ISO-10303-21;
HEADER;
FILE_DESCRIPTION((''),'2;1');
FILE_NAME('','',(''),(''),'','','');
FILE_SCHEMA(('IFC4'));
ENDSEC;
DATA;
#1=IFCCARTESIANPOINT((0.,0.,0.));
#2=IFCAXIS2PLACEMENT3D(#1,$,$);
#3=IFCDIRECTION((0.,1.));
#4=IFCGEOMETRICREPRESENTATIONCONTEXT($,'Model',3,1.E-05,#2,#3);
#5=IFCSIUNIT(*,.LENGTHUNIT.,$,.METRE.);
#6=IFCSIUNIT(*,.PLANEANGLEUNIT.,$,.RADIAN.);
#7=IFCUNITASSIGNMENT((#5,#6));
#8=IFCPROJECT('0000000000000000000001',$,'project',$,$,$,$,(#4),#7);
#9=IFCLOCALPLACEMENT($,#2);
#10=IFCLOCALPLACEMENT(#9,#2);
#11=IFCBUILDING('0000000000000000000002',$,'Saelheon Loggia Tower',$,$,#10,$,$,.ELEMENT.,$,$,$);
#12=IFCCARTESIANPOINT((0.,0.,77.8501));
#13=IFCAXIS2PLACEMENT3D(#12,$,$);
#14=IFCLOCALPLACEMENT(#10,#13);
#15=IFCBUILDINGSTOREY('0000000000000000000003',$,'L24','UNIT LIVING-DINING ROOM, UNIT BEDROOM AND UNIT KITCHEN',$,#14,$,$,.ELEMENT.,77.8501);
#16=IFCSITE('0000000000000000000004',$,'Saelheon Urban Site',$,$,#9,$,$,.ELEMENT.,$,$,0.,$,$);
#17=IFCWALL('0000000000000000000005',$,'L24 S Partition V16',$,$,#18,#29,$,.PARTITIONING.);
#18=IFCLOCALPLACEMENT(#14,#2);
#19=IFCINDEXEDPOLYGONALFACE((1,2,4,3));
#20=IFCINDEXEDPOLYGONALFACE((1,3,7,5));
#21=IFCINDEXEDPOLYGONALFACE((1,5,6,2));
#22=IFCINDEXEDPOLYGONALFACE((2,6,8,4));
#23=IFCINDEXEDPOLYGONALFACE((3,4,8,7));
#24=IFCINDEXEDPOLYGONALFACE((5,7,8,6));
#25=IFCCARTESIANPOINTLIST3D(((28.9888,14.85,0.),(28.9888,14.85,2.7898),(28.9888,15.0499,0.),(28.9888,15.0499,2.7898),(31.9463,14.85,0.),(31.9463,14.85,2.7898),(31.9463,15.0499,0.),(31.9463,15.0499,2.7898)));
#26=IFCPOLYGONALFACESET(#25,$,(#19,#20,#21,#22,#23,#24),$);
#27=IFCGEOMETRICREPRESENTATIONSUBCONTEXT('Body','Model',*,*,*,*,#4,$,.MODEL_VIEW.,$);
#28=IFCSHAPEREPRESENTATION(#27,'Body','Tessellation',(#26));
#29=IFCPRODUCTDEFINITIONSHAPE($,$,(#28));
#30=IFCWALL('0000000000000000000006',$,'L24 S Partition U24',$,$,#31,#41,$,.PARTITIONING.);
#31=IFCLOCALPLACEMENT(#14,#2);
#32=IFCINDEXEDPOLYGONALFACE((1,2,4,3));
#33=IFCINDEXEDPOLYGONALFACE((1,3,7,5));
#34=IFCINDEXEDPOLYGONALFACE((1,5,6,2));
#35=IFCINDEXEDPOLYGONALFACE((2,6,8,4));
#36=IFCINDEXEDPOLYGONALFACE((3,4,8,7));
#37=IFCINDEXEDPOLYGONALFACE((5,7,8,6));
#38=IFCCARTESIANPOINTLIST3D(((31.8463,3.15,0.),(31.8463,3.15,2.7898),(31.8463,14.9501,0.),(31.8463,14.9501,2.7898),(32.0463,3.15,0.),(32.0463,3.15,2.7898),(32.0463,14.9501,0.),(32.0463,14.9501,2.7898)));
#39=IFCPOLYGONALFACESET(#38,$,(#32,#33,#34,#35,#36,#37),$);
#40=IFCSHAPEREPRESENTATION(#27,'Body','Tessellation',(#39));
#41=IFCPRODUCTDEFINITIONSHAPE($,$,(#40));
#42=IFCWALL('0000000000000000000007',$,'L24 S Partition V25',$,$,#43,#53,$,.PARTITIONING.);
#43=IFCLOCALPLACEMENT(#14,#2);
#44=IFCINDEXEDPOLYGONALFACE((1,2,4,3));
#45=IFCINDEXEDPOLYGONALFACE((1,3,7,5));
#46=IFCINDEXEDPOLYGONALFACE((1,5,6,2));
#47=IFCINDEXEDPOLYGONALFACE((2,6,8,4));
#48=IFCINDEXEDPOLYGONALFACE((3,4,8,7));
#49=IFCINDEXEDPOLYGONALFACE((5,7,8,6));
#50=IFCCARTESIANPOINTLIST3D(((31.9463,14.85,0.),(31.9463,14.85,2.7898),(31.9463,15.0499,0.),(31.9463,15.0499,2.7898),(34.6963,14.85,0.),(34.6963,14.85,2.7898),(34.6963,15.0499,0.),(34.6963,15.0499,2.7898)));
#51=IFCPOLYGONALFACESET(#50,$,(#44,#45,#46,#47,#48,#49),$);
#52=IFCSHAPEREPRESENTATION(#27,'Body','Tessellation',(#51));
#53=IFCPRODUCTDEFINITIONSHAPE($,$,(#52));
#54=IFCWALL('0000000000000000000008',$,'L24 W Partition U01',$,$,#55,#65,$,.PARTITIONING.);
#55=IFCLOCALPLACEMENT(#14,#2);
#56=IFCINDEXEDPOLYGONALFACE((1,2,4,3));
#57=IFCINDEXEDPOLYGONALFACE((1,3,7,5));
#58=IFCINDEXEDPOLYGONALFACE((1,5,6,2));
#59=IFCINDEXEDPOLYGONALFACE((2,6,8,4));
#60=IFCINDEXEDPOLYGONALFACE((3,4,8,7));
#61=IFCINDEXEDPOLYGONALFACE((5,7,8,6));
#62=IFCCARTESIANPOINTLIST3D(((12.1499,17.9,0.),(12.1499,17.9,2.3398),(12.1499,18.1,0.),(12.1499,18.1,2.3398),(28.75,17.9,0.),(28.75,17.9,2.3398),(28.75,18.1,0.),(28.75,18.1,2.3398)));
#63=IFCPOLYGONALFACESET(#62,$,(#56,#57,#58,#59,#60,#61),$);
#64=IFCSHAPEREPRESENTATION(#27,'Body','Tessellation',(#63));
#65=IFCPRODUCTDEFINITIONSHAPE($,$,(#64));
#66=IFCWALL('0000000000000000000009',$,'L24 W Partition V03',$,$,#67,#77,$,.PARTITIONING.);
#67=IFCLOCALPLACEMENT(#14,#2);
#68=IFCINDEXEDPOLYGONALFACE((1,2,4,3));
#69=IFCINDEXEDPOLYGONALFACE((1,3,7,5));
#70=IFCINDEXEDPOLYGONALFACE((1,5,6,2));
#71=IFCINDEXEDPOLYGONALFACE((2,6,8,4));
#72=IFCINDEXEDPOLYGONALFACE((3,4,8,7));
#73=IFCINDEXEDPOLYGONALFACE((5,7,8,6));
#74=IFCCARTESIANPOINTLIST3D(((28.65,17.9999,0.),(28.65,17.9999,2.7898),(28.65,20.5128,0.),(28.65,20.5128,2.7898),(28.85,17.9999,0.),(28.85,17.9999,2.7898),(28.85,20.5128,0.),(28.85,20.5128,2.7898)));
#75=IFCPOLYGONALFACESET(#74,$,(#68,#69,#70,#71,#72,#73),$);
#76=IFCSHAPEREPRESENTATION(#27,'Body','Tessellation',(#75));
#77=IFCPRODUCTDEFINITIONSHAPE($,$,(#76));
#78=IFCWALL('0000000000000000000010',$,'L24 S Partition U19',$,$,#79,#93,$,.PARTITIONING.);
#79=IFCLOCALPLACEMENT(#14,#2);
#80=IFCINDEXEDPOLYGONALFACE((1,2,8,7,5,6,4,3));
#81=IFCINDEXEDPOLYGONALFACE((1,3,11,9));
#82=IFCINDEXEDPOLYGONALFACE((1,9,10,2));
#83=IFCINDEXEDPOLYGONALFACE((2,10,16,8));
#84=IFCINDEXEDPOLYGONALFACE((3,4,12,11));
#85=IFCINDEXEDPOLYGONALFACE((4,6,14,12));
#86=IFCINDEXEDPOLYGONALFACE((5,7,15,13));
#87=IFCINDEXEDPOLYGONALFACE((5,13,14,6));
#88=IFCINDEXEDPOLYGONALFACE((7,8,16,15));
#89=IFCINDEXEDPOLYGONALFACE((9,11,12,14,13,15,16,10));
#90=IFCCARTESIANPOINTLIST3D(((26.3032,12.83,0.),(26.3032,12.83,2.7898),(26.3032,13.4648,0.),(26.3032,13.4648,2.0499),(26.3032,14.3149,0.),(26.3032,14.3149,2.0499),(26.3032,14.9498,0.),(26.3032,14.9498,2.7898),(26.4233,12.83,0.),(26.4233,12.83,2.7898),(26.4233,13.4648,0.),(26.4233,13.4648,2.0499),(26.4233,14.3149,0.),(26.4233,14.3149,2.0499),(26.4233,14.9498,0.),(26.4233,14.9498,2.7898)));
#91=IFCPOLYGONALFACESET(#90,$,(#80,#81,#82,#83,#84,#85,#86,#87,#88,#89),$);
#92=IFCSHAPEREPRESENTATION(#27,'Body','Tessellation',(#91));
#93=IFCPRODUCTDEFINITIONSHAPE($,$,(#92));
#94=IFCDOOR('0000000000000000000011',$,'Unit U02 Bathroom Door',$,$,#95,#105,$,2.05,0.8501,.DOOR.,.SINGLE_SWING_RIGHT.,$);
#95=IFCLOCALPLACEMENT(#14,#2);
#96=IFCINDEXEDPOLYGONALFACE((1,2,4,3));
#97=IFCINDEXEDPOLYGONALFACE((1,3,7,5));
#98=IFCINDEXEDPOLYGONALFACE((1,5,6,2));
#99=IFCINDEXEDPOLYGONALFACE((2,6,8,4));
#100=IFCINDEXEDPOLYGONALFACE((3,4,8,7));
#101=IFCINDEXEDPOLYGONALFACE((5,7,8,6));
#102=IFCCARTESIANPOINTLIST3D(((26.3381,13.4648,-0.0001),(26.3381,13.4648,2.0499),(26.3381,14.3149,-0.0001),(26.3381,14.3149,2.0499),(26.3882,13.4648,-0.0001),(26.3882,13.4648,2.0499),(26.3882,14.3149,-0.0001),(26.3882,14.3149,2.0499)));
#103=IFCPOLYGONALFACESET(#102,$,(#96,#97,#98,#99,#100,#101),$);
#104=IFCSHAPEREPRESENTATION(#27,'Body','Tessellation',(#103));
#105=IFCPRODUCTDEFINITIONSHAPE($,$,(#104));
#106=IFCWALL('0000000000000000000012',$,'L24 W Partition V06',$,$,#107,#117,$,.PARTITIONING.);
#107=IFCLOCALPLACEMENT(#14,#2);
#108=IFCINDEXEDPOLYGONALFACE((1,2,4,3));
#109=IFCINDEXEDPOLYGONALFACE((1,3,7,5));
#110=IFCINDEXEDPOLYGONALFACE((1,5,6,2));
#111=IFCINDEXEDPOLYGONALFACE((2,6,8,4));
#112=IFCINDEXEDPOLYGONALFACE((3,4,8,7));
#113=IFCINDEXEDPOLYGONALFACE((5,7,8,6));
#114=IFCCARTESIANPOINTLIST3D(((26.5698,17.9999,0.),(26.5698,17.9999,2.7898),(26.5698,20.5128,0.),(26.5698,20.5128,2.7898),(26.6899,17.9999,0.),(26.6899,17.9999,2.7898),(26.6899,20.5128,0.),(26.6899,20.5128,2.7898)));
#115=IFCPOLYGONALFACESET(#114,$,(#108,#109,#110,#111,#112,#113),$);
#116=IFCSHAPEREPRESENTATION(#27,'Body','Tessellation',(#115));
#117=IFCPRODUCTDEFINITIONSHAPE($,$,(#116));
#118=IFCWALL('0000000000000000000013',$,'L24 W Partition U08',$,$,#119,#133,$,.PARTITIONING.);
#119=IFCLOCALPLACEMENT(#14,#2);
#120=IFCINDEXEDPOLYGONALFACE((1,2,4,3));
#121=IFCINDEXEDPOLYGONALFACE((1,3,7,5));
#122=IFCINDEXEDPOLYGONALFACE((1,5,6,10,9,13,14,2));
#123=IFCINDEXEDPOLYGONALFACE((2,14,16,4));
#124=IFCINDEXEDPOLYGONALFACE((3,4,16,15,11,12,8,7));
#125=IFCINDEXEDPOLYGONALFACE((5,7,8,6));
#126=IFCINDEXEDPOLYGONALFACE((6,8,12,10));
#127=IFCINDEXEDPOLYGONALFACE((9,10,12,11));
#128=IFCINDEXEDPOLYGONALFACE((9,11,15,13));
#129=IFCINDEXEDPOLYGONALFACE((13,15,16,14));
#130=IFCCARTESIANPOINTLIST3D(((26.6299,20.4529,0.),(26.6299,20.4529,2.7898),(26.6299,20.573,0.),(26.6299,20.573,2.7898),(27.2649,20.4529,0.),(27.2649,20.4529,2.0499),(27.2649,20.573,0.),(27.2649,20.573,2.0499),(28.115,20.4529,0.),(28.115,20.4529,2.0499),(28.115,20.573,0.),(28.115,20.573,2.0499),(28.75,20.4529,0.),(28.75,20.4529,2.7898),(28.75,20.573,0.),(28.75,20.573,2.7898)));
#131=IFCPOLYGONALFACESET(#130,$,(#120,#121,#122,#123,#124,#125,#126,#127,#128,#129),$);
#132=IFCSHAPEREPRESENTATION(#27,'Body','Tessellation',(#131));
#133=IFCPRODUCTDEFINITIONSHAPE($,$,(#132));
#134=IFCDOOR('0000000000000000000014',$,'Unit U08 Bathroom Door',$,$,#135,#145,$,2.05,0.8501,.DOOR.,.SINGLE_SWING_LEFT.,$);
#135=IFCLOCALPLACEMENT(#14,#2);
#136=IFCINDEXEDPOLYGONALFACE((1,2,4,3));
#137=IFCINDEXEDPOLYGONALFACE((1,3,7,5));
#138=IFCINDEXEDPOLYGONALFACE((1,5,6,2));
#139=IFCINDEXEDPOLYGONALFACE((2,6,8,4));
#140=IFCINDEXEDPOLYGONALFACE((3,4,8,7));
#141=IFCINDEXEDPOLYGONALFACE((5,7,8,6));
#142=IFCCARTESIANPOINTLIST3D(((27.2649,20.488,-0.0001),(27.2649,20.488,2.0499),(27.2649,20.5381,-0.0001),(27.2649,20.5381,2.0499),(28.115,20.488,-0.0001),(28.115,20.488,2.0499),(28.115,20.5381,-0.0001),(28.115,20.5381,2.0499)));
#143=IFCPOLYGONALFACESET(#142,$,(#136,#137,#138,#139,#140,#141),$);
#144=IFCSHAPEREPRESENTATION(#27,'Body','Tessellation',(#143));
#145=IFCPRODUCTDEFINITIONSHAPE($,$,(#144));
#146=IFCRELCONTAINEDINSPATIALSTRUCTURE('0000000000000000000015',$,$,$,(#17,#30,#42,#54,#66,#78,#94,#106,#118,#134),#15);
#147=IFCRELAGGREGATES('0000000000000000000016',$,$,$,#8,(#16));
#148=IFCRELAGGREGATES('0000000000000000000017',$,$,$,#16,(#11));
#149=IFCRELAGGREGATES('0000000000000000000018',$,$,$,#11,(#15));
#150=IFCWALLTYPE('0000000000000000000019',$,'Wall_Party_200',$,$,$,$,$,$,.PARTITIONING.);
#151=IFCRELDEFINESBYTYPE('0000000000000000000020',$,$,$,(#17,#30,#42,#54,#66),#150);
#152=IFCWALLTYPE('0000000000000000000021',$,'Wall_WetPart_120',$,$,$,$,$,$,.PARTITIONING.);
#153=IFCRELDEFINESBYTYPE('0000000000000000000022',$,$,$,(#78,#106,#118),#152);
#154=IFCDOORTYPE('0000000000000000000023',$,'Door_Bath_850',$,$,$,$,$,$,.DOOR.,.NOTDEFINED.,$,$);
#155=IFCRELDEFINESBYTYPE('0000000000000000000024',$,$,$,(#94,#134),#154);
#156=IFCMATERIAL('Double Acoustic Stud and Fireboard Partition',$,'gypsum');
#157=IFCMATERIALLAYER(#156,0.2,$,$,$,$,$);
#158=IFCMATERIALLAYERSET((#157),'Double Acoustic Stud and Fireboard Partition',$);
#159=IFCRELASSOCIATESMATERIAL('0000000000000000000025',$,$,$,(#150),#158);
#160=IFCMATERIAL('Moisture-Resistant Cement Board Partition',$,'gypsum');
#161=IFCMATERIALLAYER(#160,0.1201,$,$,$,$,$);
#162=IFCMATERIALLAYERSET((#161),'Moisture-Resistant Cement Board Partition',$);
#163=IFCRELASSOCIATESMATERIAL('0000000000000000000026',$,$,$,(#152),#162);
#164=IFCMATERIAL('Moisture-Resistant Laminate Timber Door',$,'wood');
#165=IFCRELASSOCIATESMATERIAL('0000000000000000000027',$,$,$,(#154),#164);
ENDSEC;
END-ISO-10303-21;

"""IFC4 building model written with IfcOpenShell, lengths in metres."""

from ifc_helpers import new_model, si_unit, direction, frame, frame_2d, origin, place, context, subcontext, project, spatial, rectangle, extrude, source, transform, mapped, material, layer, layer_set, type_object, element, fill, save


model = new_model("IFC4")

# Units and contexts
model_context = context("Model", 3, precision=1e-05, world=origin(), true_north=direction((0.0, 1.0)))
body_context = subcontext(model_context, "Body", "Model", "MODEL_VIEW")
ifc_project = project(units=[si_unit("LENGTHUNIT", "METRE"), si_unit("PLANEANGLEUNIT", "RADIAN")], contexts=[model_context])

# Site, building, storey
site_placement = place(None, origin())
site = spatial("IfcSite", under=ifc_project, at=site_placement, Name="Saelheon Urban Site", CompositionType="ELEMENT", RefElevation=0.0)
building_placement = place(site_placement, origin())
building = spatial("IfcBuilding", under=site, at=building_placement, Name="Saelheon Loggia Tower", CompositionType="ELEMENT")
storey_placement = place(building_placement, frame((0.0, 0.0, 77.8501)))
storey = spatial("IfcBuildingStorey", under=building, at=storey_placement, Name="L24", Description="UNIT LIVING-DINING ROOM, UNIT BEDROOM AND UNIT KITCHEN", CompositionType="ELEMENT", Elevation=77.8501)

# Walls
ifc_material_1 = material(Name="Double Acoustic Stud and Fireboard Partition", Category="gypsum")
ifc_layer_1 = layer(ifc_material_1, 0.2)
ifc_layer_set_1 = layer_set([ifc_layer_1], Name="Double Acoustic Stud and Fireboard Partition")
wall_type_1 = type_object("IfcWallType", Name="Wall_Party_200", PredefinedType="PARTITIONING", material=ifc_layer_set_1)
wall_1_placement = place(storey_placement, frame((28.9888, 14.95, 0.0), z_axis=(0.0, 0.0, 1.0), x_axis=(1.0, 0.0, 0.0)))
element("IfcWall", 1, at=wall_1_placement, inside=storey, type_object=wall_type_1, Name="L24 S Partition V16", PredefinedType="PARTITIONING", context=body_context, shape_type="SweptSolid", body=[
    extrude(rectangle(XDim=2.9575, YDim=0.2, at=frame_2d((1.4788, 0.0))), origin(), (0.0, 0.0, 1.0), 2.7898),
])
wall_2_placement = place(storey_placement, frame((31.9463, 14.95, 0.0), z_axis=(0.0, 0.0, 1.0), x_axis=(0.0, -1.0, 0.0)))
element("IfcWall", 2, at=wall_2_placement, inside=storey, type_object=wall_type_1, Name="L24 S Partition U24", PredefinedType="PARTITIONING", context=body_context, shape_type="SweptSolid", body=[
    extrude(rectangle(XDim=11.8, YDim=0.2, at=frame_2d((5.8999, 0.0))), origin(), (0.0, 0.0, 1.0), 2.7898),
])
wall_3_placement = place(storey_placement, frame((31.9463, 14.95, 0.0), z_axis=(0.0, 0.0, 1.0), x_axis=(1.0, 0.0, 0.0)))
element("IfcWall", 3, at=wall_3_placement, inside=storey, type_object=wall_type_1, Name="L24 S Partition V25", PredefinedType="PARTITIONING", context=body_context, shape_type="SweptSolid", body=[
    extrude(rectangle(XDim=2.75, YDim=0.2, at=frame_2d((1.375, 0.0))), origin(), (0.0, 0.0, 1.0), 2.7898),
])
wall_4_placement = place(storey_placement, frame((28.75, 18.0, 0.0), z_axis=(0.0, 0.0, 1.0), x_axis=(-1.0, 0.0, 0.0)))
element("IfcWall", 4, at=wall_4_placement, inside=storey, type_object=wall_type_1, Name="L24 W Partition U01", PredefinedType="PARTITIONING", context=body_context, shape_type="SweptSolid", body=[
    extrude(rectangle(XDim=16.6001, YDim=0.2, at=frame_2d((8.3, 0.0))), origin(), (0.0, 0.0, 1.0), 2.3398),
])
wall_5_placement = place(storey_placement, frame((28.75, 18.0, 0.0), z_axis=(0.0, 0.0, 1.0), x_axis=(0.0, 1.0, 0.0)))
element("IfcWall", 5, at=wall_5_placement, inside=storey, type_object=wall_type_1, Name="L24 W Partition V03", PredefinedType="PARTITIONING", context=body_context, shape_type="SweptSolid", body=[
    extrude(rectangle(XDim=2.5129, YDim=0.2, at=frame_2d((1.2563, 0.0))), origin(), (0.0, 0.0, 1.0), 2.7898),
])

# Wall, opening, door
ifc_material_2 = material(Name="Moisture-Resistant Cement Board Partition", Category="gypsum")
ifc_layer_2 = layer(ifc_material_2, 0.1201)
ifc_layer_set_2 = layer_set([ifc_layer_2], Name="Moisture-Resistant Cement Board Partition")
wall_type_2 = type_object("IfcWallType", Name="Wall_WetPart_120", PredefinedType="PARTITIONING", material=ifc_layer_set_2)
wall_6_placement = place(storey_placement, frame((26.3633, 14.95, 0.0), z_axis=(0.0, 0.0, 1.0), x_axis=(0.0, -1.0, 0.0)))
wall_6 = element("IfcWall", 6, at=wall_6_placement, inside=storey, type_object=wall_type_2, Name="L24 S Partition U19", PredefinedType="PARTITIONING", context=body_context, shape_type="SweptSolid", body=[
    extrude(rectangle(XDim=2.1199, YDim=0.1201, at=frame_2d((1.0601, 0.0))), origin(), (0.0, 0.0, 1.0), 2.7898),
])
opening_1_placement = place(wall_6_placement, frame((0.635, 0.0, 0.0)))
opening_1 = element("IfcOpeningElement", 7, at=opening_1_placement, cuts=wall_6, PredefinedType="OPENING", context=body_context, shape_type="SweptSolid", body=[
    extrude(rectangle(XDim=0.8501, YDim=2.05, at=frame_2d((0.425, 1.0249))), frame((0.0, 0.072, 0.0), z_axis=(0.0, -1.0, 0.0), x_axis=(1.0, 0.0, 0.0)), (0.0, 0.0, 1.0), 0.144),
])
ifc_material_3 = material(Name="Moisture-Resistant Laminate Timber Door", Category="wood")
door_type_1 = type_object("IfcDoorType", Name="Door_Bath_850", OperationType="NOTDEFINED", PredefinedType="DOOR", material=ifc_material_3)
shared_shape_1 = source(origin(), body_context, "Body", "SweptSolid", [
    extrude(rectangle(XDim=0.8501, YDim=2.05, at=frame_2d((0.425, 1.0249))), frame((0.0, 0.0249, 0.0), z_axis=(0.0, -1.0, 0.0), x_axis=(1.0, 0.0, 0.0)), (0.0, 0.0, 1.0), 0.05),
])
door_1_placement = place(opening_1_placement, origin())
door_1 = element("IfcDoor", 8, at=door_1_placement, inside=storey, type_object=door_type_1, Name="Unit U02 Bathroom Door", OperationType="SINGLE_SWING_RIGHT", OverallHeight=2.05, OverallWidth=0.8501, PredefinedType="DOOR", context=body_context, shape_type="MappedRepresentation", body=[
    mapped(shared_shape_1, transform((0.0, 0.0, 0.0), scale=1.0)),
])
fill(opening_1, door_1)

# Wall
wall_7_placement = place(storey_placement, frame((26.6299, 18.0, 0.0), z_axis=(0.0, 0.0, 1.0), x_axis=(0.0, 1.0, 0.0)))
element("IfcWall", 9, at=wall_7_placement, inside=storey, type_object=wall_type_2, Name="L24 W Partition V06", PredefinedType="PARTITIONING", context=body_context, shape_type="SweptSolid", body=[
    extrude(rectangle(XDim=2.5129, YDim=0.1201, at=frame_2d((1.2563, 0.0))), origin(), (0.0, 0.0, 1.0), 2.7898),
])

# Wall, opening, door
wall_8_placement = place(storey_placement, frame((28.75, 20.5129, 0.0), z_axis=(0.0, 0.0, 1.0), x_axis=(-1.0, 0.0, 0.0)))
wall_8 = element("IfcWall", 10, at=wall_8_placement, inside=storey, type_object=wall_type_2, Name="L24 W Partition U08", PredefinedType="PARTITIONING", context=body_context, shape_type="SweptSolid", body=[
    extrude(rectangle(XDim=2.1201, YDim=0.1201, at=frame_2d((1.0601, 0.0))), origin(), (0.0, 0.0, 1.0), 2.7898),
])
opening_2_placement = place(wall_8_placement, frame((0.635, 0.0, 0.0)))
opening_2 = element("IfcOpeningElement", 11, at=opening_2_placement, cuts=wall_8, PredefinedType="OPENING", context=body_context, shape_type="SweptSolid", body=[
    extrude(rectangle(XDim=0.8501, YDim=2.05, at=frame_2d((0.425, 1.0249))), frame((0.0, 0.072, 0.0), z_axis=(0.0, -1.0, 0.0), x_axis=(1.0, 0.0, 0.0)), (0.0, 0.0, 1.0), 0.144),
])
door_2_placement = place(opening_2_placement, origin())
door_2 = element("IfcDoor", 12, at=door_2_placement, inside=storey, type_object=door_type_1, Name="Unit U08 Bathroom Door", OperationType="SINGLE_SWING_LEFT", OverallHeight=2.05, OverallWidth=0.8501, PredefinedType="DOOR", context=body_context, shape_type="MappedRepresentation", body=[
    mapped(shared_shape_1, transform((0.0, 0.0, 0.0), scale=1.0)),
])
fill(opening_2, door_2)

save(model, "model.ifc")
